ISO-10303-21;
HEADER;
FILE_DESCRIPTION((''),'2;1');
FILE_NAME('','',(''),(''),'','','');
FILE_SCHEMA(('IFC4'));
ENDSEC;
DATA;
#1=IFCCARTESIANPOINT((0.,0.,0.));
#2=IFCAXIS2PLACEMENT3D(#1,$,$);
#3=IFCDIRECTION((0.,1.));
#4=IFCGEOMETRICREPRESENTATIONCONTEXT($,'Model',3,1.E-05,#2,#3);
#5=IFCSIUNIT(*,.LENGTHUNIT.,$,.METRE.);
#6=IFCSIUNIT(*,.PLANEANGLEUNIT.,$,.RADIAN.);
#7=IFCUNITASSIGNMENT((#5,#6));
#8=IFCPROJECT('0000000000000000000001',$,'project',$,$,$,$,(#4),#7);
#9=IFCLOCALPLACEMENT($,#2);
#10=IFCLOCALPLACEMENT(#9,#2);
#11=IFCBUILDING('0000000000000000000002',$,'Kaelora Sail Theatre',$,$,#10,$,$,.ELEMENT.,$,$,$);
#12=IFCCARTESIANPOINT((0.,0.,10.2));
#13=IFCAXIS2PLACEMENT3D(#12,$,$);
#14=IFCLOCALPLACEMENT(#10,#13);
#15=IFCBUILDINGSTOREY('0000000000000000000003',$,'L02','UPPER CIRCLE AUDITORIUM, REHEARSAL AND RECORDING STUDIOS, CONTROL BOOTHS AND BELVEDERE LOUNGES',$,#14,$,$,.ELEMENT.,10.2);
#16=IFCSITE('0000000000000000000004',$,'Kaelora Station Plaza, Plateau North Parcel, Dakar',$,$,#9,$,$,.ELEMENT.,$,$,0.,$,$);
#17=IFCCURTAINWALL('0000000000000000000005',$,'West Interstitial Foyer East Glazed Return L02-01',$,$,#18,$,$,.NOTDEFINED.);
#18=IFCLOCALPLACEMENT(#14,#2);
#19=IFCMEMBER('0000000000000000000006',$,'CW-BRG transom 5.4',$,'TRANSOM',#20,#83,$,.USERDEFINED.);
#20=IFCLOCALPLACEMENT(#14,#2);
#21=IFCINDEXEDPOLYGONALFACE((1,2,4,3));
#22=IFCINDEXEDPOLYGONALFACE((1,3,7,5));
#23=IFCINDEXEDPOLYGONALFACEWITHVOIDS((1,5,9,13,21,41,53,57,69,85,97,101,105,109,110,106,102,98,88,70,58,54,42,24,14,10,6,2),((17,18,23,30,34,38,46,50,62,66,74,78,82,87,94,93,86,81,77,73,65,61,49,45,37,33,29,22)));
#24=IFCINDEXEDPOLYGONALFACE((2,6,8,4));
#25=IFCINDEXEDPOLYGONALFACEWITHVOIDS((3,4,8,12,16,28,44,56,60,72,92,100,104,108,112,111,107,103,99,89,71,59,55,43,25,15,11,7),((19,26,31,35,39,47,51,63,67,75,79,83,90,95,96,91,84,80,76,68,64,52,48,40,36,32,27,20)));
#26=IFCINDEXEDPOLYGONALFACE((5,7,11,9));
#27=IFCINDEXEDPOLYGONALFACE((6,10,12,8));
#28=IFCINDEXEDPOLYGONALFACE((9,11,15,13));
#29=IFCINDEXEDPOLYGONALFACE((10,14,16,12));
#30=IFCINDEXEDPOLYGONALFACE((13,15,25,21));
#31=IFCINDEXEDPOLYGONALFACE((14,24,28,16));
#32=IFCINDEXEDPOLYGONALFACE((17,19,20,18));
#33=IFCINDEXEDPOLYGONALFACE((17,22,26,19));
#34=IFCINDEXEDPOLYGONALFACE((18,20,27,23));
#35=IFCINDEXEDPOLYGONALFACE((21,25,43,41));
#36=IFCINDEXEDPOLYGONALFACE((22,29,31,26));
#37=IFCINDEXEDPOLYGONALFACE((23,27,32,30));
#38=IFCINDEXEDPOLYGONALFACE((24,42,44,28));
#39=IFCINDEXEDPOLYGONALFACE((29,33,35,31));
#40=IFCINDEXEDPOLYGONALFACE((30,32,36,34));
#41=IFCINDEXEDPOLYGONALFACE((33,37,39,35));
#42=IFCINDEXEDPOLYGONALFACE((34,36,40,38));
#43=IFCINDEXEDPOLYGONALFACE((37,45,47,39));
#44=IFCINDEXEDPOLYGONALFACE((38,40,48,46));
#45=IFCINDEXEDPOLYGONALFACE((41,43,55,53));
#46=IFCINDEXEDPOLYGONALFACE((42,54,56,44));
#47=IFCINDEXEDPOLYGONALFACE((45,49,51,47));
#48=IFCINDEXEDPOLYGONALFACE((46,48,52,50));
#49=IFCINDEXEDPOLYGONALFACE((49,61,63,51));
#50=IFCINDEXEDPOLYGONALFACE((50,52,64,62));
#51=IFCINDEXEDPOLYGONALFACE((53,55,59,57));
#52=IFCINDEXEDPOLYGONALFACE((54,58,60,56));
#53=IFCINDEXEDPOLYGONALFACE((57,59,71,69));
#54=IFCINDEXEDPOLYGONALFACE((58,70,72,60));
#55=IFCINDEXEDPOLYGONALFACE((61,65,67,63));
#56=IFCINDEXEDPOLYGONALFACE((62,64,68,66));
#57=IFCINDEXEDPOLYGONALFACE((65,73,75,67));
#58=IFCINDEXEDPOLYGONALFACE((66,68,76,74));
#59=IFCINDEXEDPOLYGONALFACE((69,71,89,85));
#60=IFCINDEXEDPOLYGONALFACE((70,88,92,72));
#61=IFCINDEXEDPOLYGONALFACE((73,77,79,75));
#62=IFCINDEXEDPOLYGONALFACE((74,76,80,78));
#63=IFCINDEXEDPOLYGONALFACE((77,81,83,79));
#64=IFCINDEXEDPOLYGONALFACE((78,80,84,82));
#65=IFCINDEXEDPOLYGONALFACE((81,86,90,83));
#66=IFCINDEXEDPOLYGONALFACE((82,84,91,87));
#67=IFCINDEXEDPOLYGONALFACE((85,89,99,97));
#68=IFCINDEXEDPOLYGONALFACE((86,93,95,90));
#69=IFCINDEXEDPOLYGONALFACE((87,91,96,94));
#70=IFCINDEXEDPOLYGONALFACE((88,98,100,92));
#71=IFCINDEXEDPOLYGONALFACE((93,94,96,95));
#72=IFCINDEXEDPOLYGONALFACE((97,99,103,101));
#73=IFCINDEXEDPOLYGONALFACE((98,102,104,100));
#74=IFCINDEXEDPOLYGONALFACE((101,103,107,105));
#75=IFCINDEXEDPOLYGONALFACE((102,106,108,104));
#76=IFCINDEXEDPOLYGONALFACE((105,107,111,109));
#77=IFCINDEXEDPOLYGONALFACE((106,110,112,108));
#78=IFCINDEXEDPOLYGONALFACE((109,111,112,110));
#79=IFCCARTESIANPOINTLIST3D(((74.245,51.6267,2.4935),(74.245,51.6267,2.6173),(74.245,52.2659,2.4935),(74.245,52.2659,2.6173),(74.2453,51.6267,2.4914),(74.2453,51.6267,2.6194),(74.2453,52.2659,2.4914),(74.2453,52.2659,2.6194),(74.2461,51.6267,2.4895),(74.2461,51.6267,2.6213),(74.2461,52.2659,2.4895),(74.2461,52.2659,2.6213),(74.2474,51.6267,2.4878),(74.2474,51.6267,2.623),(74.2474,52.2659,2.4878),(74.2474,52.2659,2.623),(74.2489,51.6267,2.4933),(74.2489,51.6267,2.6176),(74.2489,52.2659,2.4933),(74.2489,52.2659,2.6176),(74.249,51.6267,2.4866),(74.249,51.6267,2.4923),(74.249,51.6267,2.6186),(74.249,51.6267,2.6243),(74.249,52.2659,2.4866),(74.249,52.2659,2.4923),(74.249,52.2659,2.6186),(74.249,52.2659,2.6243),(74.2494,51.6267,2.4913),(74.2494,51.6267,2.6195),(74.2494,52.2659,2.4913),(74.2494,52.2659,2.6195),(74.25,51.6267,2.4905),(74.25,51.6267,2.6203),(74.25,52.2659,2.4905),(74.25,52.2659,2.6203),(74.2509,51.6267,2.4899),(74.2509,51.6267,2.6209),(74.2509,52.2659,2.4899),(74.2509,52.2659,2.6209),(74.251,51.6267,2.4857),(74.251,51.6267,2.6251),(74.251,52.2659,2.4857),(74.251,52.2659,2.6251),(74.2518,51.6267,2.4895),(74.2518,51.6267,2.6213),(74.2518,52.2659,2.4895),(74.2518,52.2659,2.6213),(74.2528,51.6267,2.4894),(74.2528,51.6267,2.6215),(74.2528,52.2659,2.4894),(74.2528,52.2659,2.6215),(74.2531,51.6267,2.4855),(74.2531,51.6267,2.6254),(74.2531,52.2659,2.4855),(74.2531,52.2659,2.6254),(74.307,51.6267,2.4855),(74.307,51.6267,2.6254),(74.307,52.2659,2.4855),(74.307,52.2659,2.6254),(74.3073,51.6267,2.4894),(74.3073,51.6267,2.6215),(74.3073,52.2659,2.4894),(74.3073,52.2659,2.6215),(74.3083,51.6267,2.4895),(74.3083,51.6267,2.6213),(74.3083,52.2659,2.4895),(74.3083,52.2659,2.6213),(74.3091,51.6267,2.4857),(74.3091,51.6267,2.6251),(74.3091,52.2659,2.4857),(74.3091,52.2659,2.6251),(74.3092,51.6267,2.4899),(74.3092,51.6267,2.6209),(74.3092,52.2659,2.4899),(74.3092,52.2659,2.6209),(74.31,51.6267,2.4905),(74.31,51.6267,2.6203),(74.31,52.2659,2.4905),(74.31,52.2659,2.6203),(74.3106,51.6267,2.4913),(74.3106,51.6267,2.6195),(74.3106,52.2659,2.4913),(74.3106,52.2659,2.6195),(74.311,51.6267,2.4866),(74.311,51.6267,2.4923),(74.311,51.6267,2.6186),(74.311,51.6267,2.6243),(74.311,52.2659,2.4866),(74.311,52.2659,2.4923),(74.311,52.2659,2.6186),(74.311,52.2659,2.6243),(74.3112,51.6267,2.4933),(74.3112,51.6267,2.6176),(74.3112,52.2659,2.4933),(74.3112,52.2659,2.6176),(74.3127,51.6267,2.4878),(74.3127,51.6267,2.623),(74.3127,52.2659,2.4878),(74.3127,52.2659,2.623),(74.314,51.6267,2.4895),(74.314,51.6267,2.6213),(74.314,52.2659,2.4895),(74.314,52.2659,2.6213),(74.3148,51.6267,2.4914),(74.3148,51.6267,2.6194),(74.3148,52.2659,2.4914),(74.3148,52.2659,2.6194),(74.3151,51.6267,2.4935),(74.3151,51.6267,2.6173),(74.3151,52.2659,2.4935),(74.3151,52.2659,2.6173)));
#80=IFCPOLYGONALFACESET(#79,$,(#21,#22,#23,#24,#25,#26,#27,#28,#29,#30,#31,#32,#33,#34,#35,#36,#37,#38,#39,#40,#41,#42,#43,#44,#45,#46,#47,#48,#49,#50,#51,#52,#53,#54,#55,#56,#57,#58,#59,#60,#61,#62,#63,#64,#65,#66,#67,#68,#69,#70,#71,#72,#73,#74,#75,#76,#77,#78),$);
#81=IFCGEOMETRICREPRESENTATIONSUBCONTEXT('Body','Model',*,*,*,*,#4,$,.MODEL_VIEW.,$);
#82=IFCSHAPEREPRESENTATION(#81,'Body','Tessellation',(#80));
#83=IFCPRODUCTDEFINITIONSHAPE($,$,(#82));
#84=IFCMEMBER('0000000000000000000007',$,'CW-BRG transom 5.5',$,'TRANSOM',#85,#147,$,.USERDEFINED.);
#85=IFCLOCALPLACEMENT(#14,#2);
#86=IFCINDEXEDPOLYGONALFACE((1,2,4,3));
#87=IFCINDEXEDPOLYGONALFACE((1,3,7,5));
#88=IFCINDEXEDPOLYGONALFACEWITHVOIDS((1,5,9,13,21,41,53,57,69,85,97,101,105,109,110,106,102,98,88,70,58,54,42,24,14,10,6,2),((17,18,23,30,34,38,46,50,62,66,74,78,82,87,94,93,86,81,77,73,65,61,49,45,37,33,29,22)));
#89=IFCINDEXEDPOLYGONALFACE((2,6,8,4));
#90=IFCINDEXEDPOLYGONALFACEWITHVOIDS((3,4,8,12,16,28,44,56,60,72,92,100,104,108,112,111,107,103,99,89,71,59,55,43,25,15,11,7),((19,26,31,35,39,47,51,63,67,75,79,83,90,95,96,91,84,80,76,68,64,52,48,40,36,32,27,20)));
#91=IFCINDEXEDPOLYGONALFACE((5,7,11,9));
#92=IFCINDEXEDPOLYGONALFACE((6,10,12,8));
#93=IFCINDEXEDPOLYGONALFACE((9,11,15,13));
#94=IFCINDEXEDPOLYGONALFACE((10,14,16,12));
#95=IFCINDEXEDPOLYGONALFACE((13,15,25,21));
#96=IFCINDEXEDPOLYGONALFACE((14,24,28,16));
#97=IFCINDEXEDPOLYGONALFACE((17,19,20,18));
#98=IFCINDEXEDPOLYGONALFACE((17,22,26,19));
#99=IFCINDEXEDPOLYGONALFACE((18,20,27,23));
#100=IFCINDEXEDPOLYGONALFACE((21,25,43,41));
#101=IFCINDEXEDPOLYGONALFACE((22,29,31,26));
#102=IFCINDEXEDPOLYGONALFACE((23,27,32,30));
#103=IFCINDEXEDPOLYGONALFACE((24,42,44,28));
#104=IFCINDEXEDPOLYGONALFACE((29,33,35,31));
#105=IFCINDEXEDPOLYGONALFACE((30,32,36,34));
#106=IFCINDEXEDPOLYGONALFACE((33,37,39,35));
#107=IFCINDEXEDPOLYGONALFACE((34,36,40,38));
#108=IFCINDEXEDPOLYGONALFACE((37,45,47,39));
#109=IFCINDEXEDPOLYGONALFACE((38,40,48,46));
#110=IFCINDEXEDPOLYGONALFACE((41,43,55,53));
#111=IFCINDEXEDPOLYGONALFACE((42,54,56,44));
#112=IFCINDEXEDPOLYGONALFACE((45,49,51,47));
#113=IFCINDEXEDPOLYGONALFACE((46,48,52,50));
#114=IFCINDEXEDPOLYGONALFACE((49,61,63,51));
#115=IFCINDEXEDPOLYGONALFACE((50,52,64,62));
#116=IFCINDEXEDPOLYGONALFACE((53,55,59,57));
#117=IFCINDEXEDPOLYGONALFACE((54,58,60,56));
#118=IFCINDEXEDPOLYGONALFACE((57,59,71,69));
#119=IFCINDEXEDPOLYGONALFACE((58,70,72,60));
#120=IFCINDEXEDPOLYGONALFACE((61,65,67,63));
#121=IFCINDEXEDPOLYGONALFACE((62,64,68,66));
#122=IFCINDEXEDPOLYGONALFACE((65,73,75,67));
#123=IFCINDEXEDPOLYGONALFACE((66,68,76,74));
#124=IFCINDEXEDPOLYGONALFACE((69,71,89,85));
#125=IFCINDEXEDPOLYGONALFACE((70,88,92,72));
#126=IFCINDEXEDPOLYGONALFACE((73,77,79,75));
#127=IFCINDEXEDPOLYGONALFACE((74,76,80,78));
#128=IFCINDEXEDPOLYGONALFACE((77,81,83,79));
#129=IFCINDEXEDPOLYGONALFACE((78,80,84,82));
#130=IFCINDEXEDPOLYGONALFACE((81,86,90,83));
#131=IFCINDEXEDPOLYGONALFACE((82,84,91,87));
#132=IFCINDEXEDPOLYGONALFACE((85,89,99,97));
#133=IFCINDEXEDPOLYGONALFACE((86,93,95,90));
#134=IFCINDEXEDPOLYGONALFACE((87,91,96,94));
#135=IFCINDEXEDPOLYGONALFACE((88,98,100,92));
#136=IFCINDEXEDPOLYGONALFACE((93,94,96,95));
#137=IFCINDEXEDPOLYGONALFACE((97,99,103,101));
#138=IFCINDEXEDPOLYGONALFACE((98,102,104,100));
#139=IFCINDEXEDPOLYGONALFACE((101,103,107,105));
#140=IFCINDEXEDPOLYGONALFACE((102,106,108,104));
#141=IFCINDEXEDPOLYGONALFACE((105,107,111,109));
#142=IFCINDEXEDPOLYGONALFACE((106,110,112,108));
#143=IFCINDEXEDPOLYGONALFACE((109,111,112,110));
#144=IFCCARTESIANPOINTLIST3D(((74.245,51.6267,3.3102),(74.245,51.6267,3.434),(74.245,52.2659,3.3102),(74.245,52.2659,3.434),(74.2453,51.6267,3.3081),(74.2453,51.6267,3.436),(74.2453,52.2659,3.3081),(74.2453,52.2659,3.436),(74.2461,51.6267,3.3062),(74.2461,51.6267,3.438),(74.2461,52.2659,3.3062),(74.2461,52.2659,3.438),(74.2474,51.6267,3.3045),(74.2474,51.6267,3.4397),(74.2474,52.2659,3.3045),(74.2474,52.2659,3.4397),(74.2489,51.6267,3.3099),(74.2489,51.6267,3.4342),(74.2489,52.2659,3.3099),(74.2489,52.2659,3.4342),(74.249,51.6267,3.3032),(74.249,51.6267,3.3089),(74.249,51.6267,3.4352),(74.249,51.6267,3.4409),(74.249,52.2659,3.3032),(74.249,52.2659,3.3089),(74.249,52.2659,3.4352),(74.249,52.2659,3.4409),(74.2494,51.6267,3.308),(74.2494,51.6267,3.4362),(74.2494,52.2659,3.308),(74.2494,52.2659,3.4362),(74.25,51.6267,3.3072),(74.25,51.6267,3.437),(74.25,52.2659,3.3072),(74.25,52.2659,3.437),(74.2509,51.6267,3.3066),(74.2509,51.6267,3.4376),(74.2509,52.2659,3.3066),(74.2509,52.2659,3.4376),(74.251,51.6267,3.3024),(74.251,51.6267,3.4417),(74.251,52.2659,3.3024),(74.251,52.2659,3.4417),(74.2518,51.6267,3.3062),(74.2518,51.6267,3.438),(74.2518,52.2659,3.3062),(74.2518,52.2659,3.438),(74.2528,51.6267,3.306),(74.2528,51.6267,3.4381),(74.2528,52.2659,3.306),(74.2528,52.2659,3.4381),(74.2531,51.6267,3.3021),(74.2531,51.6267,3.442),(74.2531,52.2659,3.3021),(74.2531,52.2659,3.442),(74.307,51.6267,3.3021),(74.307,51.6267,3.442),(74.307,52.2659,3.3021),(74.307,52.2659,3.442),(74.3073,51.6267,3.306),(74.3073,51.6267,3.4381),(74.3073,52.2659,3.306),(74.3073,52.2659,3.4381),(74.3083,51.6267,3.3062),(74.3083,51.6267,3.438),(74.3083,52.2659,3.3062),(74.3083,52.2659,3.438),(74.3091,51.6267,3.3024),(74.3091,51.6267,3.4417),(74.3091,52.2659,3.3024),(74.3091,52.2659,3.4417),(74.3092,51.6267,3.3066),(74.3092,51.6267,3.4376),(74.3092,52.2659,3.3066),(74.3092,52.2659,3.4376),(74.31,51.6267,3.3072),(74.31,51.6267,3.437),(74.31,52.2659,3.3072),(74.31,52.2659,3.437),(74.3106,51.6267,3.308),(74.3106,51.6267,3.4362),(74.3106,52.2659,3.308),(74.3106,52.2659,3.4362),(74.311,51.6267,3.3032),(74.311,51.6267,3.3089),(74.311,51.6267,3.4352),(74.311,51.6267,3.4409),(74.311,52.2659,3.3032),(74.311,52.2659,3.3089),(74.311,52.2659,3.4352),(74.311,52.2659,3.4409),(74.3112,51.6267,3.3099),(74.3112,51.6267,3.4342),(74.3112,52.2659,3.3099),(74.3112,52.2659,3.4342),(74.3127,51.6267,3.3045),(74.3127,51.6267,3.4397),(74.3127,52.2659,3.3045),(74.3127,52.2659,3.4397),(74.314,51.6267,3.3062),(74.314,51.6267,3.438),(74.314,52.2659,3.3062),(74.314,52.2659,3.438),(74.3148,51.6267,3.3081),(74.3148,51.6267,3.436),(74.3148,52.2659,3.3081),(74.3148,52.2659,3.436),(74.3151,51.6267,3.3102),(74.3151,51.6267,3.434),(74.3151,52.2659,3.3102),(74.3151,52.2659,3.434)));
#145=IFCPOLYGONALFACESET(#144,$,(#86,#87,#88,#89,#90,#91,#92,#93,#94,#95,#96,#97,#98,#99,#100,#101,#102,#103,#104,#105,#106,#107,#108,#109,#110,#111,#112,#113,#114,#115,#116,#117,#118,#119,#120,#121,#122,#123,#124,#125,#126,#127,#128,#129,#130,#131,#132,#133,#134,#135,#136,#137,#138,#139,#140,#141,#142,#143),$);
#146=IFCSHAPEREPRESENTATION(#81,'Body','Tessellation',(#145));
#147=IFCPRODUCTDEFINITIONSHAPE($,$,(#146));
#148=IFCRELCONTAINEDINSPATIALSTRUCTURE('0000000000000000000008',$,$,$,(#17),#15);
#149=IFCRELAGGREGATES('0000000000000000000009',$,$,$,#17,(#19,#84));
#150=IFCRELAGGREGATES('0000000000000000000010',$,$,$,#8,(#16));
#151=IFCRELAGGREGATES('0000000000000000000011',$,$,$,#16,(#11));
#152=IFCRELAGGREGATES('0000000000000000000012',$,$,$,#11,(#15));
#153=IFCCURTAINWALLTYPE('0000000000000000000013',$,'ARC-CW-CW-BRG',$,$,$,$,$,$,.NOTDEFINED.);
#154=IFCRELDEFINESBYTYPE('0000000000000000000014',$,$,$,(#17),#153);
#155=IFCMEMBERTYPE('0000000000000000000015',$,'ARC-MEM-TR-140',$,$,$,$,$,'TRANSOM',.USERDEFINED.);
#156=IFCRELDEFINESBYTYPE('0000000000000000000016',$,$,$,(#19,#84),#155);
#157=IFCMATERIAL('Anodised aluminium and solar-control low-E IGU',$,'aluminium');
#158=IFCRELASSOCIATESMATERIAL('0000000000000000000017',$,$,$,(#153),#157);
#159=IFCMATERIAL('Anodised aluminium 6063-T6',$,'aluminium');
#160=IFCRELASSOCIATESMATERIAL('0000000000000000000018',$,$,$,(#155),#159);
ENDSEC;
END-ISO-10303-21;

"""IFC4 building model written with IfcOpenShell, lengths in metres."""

from ifc_helpers import new_model, si_unit, direction, frame, origin, origin_2d, place, context, subcontext, project, spatial, hollow_rectangle, extrude, material, material_profile, profile_set, type_object, element, aggregate, save


model = new_model("IFC4")

# Units and contexts
model_context = context("Model", 3, precision=1e-05, world=origin(), true_north=direction((0.0, 1.0)))
body_context = subcontext(model_context, "Body", "Model", "MODEL_VIEW")
ifc_project = project(units=[si_unit("LENGTHUNIT", "METRE"), si_unit("PLANEANGLEUNIT", "RADIAN")], contexts=[model_context])

# Site, building, storey
site_placement = place(None, origin())
site = spatial("IfcSite", under=ifc_project, at=site_placement, Name="Kaelora Station Plaza, Plateau North Parcel, Dakar", CompositionType="ELEMENT", RefElevation=0.0)
building_placement = place(site_placement, origin())
building = spatial("IfcBuilding", under=site, at=building_placement, Name="Kaelora Sail Theatre", CompositionType="ELEMENT")
storey_placement = place(building_placement, frame((0.0, 0.0, 10.2)))
storey = spatial("IfcBuildingStorey", under=building, at=storey_placement, Name="L02", Description="UPPER CIRCLE AUDITORIUM, REHEARSAL AND RECORDING STUDIOS, CONTROL BOOTHS AND BELVEDERE LOUNGES", CompositionType="ELEMENT", Elevation=10.2)

# Curtain wall, members
ifc_material_1 = material(Name="Anodised aluminium and solar-control low-E IGU", Category="aluminium")
curtain_wall_type = type_object("IfcCurtainWallType", Name="ARC-CW-CW-BRG", PredefinedType="NOTDEFINED", material=ifc_material_1)
curtain_wall_1_placement = place(storey_placement, origin())
curtain_wall_1 = element("IfcCurtainWall", 1, at=curtain_wall_1_placement, inside=storey, type_object=curtain_wall_type, Name="West Interstitial Foyer East Glazed Return L02-01", PredefinedType="NOTDEFINED")
ifc_material_2 = material(Name="Anodised aluminium 6063-T6", Category="aluminium")
ifc_material_profile_1 = material_profile(ifc_material_2, hollow_rectangle(XDim=0.0701, YDim=0.1399, WallThickness=0.0039, InnerFilletRadius=0.0039, OuterFilletRadius=0.0081, at=origin_2d()), Name="ALU-TRAN 70x140x4")
ifc_profile_set_1 = profile_set([ifc_material_profile_1], Name="Anodised aluminium 6063-T6")
member_type_1 = type_object("IfcMemberType", Name="ARC-MEM-TR-140", ElementType="TRANSOM", PredefinedType="USERDEFINED", material=ifc_profile_set_1)
member_1_placement = place(storey_placement, frame((74.28, 51.6267, 2.5554), z_axis=(0.0, 1.0, 0.0), x_axis=(-1.0, 0.0, 0.0)))
member_1 = element("IfcMember", 2, at=member_1_placement, type_object=member_type_1, Name="CW-BRG transom 5.4", ObjectType="TRANSOM", PredefinedType="USERDEFINED", context=body_context, shape_type="SweptSolid", body=[
    extrude(hollow_rectangle(XDim=0.0701, YDim=0.1399, WallThickness=0.0039, InnerFilletRadius=0.0039, OuterFilletRadius=0.0081, at=origin_2d()), origin(), (0.0, 0.0, 1.0), 0.6392),
])
member_2_placement = place(storey_placement, frame((74.28, 51.6267, 3.3721), z_axis=(0.0, 1.0, 0.0), x_axis=(-1.0, 0.0, 0.0)))
member_2 = element("IfcMember", 3, at=member_2_placement, type_object=member_type_1, Name="CW-BRG transom 5.5", ObjectType="TRANSOM", PredefinedType="USERDEFINED", context=body_context, shape_type="SweptSolid", body=[
    extrude(hollow_rectangle(XDim=0.0701, YDim=0.1399, WallThickness=0.0039, InnerFilletRadius=0.0039, OuterFilletRadius=0.0081, at=origin_2d()), origin(), (0.0, 0.0, 1.0), 0.6392),
])

aggregate(curtain_wall_1, [member_1, member_2])

save(model, "model.ifc")
